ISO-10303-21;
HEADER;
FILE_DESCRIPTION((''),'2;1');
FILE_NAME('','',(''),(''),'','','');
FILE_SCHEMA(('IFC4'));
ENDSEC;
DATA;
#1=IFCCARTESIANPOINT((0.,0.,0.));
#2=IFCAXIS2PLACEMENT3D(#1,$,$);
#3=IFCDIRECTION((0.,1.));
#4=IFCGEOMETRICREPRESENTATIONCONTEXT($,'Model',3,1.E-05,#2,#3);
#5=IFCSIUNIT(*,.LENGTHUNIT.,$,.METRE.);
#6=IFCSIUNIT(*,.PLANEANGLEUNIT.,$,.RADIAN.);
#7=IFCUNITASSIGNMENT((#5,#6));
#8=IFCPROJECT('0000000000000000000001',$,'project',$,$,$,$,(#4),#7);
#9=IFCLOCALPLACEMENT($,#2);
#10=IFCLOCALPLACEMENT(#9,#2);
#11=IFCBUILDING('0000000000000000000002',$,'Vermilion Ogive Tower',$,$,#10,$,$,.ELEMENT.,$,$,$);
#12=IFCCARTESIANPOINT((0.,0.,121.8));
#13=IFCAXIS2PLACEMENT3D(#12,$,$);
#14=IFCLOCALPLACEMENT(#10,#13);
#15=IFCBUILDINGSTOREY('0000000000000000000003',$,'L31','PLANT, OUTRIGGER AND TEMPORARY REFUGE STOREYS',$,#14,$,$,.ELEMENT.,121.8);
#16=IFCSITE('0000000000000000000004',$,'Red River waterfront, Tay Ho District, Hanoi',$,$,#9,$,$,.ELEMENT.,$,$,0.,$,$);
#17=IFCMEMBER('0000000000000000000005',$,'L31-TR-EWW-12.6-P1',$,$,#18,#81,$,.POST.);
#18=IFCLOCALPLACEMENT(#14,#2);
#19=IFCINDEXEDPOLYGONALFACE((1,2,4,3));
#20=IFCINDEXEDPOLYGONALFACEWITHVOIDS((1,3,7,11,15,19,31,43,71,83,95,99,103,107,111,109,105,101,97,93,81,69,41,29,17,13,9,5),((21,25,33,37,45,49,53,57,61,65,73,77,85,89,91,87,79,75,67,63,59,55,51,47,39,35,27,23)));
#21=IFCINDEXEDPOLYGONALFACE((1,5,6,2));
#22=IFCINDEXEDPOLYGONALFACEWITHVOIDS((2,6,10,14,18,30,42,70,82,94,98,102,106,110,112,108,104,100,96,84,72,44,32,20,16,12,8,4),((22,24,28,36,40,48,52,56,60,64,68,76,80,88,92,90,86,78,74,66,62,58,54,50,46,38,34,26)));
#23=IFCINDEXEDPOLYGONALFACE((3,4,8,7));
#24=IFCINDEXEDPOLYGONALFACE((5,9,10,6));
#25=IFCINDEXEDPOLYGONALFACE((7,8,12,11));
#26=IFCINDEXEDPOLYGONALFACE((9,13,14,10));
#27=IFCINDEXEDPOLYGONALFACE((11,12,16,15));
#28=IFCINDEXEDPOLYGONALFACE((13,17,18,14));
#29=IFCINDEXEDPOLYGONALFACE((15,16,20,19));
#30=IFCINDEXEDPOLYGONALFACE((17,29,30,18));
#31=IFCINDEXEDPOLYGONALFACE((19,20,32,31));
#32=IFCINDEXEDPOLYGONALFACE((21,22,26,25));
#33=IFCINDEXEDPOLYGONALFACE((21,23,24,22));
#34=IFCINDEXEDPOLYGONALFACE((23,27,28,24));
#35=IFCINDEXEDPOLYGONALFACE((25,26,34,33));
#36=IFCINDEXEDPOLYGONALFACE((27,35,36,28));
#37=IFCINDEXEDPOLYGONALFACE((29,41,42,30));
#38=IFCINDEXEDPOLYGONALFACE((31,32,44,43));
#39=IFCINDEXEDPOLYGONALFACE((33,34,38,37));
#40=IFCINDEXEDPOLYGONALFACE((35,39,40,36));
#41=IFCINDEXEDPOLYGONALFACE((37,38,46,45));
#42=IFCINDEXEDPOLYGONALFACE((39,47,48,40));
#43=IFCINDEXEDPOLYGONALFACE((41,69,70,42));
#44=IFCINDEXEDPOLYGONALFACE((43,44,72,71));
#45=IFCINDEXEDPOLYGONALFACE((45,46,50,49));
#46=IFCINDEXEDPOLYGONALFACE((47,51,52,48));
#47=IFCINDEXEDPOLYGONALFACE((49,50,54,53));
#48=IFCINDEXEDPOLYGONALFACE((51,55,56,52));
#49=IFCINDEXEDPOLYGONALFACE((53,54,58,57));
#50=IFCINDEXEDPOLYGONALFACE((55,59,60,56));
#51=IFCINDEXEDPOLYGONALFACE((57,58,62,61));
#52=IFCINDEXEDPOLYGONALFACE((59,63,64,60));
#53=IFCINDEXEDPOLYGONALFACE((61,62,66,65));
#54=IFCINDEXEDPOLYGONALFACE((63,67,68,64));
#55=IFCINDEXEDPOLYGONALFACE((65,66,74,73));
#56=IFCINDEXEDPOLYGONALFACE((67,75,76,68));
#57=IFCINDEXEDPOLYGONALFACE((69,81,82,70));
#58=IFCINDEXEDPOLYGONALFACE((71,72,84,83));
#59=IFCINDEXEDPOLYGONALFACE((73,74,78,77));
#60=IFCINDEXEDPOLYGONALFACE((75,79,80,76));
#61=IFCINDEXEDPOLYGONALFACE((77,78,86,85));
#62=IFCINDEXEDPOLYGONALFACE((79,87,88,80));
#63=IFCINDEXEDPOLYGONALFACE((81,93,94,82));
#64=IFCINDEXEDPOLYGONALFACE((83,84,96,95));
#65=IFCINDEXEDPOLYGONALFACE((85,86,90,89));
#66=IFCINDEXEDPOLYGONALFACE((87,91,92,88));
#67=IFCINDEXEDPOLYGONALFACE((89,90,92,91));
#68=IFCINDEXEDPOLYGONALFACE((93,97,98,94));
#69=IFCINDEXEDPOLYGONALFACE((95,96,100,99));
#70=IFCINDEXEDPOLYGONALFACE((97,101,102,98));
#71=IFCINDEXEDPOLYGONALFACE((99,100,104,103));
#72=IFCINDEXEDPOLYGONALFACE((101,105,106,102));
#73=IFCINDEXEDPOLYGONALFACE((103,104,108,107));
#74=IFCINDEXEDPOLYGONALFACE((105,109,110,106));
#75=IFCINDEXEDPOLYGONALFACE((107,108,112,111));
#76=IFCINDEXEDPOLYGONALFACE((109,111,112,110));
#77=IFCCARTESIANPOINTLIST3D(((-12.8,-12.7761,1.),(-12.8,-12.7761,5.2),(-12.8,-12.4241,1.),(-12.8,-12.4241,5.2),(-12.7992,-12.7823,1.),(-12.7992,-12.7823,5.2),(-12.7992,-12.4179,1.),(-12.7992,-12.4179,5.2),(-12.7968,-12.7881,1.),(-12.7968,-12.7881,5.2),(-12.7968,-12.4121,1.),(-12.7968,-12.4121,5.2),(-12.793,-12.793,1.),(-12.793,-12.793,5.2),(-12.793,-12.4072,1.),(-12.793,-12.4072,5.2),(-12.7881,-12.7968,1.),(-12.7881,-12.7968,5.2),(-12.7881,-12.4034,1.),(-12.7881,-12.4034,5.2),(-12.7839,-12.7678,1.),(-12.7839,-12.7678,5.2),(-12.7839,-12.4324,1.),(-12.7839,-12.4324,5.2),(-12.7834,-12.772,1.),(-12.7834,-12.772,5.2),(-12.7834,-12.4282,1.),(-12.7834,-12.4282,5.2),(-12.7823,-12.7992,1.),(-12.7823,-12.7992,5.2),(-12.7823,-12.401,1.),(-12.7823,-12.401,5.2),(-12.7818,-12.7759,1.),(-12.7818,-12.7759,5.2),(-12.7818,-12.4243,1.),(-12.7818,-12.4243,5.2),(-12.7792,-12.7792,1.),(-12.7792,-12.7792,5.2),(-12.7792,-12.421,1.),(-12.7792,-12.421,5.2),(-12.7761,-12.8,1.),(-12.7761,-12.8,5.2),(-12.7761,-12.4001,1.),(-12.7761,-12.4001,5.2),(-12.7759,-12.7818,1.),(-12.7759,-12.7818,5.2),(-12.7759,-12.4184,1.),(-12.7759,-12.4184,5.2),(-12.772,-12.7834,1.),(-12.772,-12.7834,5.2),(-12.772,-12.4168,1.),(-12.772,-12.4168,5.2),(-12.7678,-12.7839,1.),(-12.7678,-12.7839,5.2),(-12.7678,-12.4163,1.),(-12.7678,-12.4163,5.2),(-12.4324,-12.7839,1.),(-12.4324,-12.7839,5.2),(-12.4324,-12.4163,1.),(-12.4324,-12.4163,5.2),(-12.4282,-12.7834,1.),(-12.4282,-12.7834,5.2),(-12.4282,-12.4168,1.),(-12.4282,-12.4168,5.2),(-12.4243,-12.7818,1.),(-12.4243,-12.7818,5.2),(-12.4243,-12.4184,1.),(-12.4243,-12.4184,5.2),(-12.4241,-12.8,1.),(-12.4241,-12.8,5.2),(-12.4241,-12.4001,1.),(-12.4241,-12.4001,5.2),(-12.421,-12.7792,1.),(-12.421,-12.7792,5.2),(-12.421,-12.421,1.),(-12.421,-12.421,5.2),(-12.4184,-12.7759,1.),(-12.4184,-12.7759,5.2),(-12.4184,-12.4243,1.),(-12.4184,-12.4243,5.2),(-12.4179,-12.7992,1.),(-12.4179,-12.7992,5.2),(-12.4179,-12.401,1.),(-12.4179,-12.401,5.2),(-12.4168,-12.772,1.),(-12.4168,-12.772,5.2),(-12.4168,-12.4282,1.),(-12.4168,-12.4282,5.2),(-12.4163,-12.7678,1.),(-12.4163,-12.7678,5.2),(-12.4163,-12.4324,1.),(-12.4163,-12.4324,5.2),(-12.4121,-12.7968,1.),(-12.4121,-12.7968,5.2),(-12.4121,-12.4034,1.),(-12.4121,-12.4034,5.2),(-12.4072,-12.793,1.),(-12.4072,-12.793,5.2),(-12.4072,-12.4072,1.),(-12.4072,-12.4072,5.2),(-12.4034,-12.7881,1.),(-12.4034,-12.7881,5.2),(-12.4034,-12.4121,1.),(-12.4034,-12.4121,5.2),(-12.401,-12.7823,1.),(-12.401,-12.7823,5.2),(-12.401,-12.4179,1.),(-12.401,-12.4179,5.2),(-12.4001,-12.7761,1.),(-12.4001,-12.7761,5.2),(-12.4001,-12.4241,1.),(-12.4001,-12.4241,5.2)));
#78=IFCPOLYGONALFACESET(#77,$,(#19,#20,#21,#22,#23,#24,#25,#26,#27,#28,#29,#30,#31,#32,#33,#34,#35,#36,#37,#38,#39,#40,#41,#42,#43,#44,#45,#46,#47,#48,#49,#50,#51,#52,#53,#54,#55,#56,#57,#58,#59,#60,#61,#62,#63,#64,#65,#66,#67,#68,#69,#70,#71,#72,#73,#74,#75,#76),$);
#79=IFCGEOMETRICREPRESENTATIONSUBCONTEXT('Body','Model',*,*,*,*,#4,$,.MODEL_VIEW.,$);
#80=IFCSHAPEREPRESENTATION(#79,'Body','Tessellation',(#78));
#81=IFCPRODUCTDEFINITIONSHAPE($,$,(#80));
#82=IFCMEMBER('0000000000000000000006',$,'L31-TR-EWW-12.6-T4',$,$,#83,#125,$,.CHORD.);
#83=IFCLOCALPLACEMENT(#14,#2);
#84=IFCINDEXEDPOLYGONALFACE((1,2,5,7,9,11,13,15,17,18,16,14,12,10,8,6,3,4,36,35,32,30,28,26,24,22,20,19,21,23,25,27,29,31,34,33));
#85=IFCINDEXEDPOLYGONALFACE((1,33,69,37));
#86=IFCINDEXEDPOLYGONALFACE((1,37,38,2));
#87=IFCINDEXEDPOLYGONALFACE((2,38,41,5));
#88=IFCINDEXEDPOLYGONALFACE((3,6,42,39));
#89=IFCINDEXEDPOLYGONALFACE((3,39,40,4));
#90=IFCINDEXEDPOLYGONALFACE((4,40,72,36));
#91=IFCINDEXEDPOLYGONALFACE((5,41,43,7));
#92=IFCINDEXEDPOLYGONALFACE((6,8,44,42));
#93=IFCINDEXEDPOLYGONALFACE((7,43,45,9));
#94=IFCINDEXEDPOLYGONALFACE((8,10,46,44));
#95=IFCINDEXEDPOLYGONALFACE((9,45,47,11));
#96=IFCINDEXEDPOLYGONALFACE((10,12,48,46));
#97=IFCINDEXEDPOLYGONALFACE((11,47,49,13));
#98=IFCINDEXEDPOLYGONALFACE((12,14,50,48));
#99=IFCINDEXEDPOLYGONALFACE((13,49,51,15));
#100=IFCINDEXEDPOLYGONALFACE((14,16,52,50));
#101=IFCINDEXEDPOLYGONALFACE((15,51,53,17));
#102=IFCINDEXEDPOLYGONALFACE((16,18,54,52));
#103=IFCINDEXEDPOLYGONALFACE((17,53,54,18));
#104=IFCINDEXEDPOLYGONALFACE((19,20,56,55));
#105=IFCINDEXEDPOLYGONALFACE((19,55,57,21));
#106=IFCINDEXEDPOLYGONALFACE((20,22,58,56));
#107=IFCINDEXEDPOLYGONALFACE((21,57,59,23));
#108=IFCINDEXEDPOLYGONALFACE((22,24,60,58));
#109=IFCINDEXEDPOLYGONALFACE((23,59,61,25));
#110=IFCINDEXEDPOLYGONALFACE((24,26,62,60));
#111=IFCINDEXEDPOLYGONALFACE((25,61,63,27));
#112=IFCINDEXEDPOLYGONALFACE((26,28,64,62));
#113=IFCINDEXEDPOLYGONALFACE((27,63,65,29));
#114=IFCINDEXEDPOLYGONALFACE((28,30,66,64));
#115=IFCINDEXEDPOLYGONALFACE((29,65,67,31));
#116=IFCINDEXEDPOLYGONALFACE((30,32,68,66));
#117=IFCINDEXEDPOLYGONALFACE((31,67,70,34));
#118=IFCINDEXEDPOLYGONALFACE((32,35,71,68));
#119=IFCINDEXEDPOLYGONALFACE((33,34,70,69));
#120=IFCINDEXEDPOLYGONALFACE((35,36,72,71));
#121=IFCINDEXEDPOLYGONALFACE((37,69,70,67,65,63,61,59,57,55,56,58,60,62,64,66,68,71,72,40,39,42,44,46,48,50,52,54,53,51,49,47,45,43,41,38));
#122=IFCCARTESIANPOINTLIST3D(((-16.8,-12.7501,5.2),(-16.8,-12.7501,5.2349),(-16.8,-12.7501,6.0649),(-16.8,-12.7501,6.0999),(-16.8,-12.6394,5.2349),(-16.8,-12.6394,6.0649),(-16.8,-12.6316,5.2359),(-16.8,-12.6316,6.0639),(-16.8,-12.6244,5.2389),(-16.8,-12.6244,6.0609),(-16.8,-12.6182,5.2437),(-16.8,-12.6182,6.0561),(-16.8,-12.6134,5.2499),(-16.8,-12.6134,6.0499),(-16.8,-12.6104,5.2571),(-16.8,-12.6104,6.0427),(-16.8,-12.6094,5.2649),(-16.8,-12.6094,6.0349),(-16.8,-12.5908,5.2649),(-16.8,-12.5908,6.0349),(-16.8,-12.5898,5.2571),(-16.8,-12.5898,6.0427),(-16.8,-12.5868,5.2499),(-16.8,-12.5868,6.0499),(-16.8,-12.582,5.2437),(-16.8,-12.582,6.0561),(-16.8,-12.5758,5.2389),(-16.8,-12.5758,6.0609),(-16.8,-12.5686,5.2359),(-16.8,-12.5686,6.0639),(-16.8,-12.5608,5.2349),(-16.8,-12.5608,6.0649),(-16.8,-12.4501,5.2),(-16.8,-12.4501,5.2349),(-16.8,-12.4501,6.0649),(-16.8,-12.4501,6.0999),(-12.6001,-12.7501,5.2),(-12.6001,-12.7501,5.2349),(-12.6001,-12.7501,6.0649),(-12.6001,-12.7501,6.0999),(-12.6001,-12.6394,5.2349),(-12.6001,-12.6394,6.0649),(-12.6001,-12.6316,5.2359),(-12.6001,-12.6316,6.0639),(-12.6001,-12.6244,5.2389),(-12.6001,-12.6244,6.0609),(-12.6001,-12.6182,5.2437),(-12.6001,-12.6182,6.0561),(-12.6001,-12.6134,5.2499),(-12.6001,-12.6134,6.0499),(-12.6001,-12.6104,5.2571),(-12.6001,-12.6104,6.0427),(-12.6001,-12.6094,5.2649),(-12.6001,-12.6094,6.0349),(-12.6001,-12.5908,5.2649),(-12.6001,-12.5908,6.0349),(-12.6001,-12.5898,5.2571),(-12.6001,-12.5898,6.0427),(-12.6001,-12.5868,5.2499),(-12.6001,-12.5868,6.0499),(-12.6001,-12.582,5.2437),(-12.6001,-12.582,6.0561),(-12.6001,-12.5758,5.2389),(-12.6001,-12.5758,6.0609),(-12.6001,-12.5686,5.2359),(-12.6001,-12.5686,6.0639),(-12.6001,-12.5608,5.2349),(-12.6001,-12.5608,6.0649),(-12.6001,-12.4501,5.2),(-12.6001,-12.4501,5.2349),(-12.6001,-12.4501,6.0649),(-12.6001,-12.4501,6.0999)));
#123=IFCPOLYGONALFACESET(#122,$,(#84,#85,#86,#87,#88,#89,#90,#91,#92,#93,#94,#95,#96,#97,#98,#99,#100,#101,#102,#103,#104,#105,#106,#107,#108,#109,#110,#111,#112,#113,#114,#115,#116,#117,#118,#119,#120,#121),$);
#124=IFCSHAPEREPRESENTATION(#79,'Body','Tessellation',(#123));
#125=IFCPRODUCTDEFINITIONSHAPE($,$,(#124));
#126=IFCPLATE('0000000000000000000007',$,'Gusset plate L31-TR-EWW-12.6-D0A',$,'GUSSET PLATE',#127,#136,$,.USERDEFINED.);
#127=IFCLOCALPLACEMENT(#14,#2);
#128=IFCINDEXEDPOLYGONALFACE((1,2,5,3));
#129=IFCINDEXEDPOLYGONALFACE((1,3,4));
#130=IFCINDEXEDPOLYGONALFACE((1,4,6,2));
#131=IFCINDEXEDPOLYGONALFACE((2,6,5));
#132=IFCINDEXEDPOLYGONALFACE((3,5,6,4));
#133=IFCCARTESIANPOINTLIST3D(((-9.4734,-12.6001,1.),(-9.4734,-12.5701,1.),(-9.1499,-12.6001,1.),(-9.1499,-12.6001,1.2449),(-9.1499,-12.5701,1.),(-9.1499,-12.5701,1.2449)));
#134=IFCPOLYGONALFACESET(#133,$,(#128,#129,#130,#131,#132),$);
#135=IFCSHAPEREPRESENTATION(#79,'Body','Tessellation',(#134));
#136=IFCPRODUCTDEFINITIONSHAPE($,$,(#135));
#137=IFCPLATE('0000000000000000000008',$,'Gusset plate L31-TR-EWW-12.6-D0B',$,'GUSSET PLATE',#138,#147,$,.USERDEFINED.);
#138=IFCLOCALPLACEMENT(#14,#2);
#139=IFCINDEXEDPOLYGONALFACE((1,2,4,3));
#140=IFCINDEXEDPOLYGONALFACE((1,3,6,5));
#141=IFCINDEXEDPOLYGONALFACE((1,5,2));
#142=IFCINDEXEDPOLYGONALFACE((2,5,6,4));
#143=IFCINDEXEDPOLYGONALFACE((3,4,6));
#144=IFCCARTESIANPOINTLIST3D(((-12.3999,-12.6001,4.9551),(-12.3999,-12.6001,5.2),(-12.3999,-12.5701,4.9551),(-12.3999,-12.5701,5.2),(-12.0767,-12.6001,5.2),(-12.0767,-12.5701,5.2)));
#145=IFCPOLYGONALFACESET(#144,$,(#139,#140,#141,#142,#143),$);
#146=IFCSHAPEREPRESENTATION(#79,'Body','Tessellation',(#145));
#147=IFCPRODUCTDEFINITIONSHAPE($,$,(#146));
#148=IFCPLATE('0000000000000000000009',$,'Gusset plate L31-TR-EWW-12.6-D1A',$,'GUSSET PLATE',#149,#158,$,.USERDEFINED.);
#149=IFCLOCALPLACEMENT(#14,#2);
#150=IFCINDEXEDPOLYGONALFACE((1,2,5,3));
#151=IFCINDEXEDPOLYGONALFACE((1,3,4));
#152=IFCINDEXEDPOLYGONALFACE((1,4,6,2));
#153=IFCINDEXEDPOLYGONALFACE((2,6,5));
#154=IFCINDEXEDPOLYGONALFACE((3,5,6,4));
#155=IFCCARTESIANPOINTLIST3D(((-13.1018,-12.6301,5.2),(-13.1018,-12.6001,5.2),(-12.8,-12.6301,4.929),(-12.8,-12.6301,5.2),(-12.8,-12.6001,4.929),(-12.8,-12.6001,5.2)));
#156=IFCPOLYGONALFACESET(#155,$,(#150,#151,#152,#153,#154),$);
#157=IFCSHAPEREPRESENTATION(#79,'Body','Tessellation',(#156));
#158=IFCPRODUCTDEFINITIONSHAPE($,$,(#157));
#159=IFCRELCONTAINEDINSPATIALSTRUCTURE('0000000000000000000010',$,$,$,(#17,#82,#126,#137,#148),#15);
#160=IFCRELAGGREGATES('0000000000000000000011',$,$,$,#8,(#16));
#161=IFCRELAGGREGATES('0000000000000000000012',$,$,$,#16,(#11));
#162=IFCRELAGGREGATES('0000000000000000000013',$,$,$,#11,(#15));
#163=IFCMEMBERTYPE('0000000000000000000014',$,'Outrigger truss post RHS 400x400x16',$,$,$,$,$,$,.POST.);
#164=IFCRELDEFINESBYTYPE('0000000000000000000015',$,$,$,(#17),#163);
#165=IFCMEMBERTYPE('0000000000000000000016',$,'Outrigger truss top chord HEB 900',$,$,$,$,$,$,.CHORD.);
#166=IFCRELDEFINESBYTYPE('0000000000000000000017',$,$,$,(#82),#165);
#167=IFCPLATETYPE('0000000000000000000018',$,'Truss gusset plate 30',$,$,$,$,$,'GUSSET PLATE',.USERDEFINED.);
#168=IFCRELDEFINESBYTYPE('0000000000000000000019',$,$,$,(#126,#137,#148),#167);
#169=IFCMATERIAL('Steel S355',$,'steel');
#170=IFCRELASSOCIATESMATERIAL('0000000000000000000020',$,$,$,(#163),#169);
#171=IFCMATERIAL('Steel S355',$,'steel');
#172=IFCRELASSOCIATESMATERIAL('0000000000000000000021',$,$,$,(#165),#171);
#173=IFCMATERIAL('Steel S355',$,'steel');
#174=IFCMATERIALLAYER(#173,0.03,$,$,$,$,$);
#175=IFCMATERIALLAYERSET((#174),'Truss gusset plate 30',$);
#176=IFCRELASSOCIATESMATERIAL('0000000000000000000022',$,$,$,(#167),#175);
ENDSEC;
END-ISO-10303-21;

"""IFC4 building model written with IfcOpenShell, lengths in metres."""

from ifc_helpers import new_model, si_unit, direction, frame, origin, origin_2d, place, context, subcontext, project, spatial, polyline, hollow_rectangle, i_section, outline, extrude, material, layer, layer_set, material_profile, profile_set, type_object, element, save


model = new_model("IFC4")

# Units and contexts
model_context = context("Model", 3, precision=1e-05, world=origin(), true_north=direction((0.0, 1.0)))
body_context = subcontext(model_context, "Body", "Model", "MODEL_VIEW")
ifc_project = project(units=[si_unit("LENGTHUNIT", "METRE"), si_unit("PLANEANGLEUNIT", "RADIAN")], contexts=[model_context])

# Site, building, storey
site_placement = place(None, origin())
site = spatial("IfcSite", under=ifc_project, at=site_placement, Name="Red River waterfront, Tay Ho District, Hanoi", CompositionType="ELEMENT", RefElevation=0.0)
building_placement = place(site_placement, origin())
building = spatial("IfcBuilding", under=site, at=building_placement, Name="Vermilion Ogive Tower", CompositionType="ELEMENT")
storey_placement = place(building_placement, frame((0.0, 0.0, 121.8)))
storey = spatial("IfcBuildingStorey", under=building, at=storey_placement, Name="L31", Description="PLANT, OUTRIGGER AND TEMPORARY REFUGE STOREYS", CompositionType="ELEMENT", Elevation=121.8)

# Members
ifc_material_1 = material(Name="Steel S355", Category="steel")
ifc_material_profile_1 = material_profile(ifc_material_1, hollow_rectangle(XDim=0.3999, YDim=0.3999, WallThickness=0.0161, InnerFilletRadius=0.0161, OuterFilletRadius=0.0239, at=origin_2d()), Name="RHS 400x400x16")
ifc_profile_set_1 = profile_set([ifc_material_profile_1], Name="Steel S355")
member_type_1 = type_object("IfcMemberType", Name="Outrigger truss post RHS 400x400x16", PredefinedType="POST", material=ifc_profile_set_1)
for number, where, z_axis, x_axis, name in (
    (1, (-12.6001, -12.6001, 1.0), (0.0, 0.0, 1.0), (1.0, 0.0, 0.0), "L31-TR-EWW-12.6-P1"),
):
    element("IfcMember", number, at=place(storey_placement, frame(where, z_axis=z_axis, x_axis=x_axis)), inside=storey, type_object=member_type_1, Name=name, PredefinedType="POST", context=body_context, shape_type="SweptSolid", body=[
        extrude(hollow_rectangle(XDim=0.3999, YDim=0.3999, WallThickness=0.0161, InnerFilletRadius=0.0161, OuterFilletRadius=0.0239, at=origin_2d()), origin(), (0.0, 0.0, 1.0), 4.2),
    ])
ifc_material_2 = material(Name="Steel S355", Category="steel")
ifc_material_profile_2 = material_profile(ifc_material_2, i_section(OverallWidth=0.3, OverallDepth=0.8999, WebThickness=0.0186, FlangeThickness=0.0349, FilletRadius=0.03, at=origin_2d()), Name="HEB 900")
ifc_profile_set_2 = profile_set([ifc_material_profile_2], Name="Steel S355")
member_type_2 = type_object("IfcMemberType", Name="Outrigger truss top chord HEB 900", PredefinedType="CHORD", material=ifc_profile_set_2)
member_1_placement = place(storey_placement, frame((-12.6001, -12.6001, 5.6499), z_axis=(-1.0, 0.0, 0.0), x_axis=(0.0, -1.0, 0.0)))
element("IfcMember", 2, at=member_1_placement, inside=storey, type_object=member_type_2, Name="L31-TR-EWW-12.6-T4", PredefinedType="CHORD", context=body_context, shape_type="SweptSolid", body=[
    extrude(i_section(OverallWidth=0.3, OverallDepth=0.8999, WebThickness=0.0186, FlangeThickness=0.0349, FilletRadius=0.03, at=origin_2d()), origin(), (0.0, 0.0, 1.0), 4.2),
])

# Plates
ifc_material_3 = material(Name="Steel S355", Category="steel")
ifc_layer_1 = layer(ifc_material_3, 0.03)
ifc_layer_set_1 = layer_set([ifc_layer_1], Name="Truss gusset plate 30")
plate_type = type_object("IfcPlateType", Name="Truss gusset plate 30", ElementType="GUSSET PLATE", PredefinedType="USERDEFINED", material=ifc_layer_set_1)
plate_1_placement = place(storey_placement, frame((-9.1499, -12.6001, 1.2449), z_axis=(0.0, -1.0, 0.0), x_axis=(-0.79732, 0.0, -0.603556)))
element("IfcPlate", 3, at=plate_1_placement, inside=storey, type_object=plate_type, Name="Gusset plate L31-TR-EWW-12.6-D0A", ObjectType="GUSSET PLATE", PredefinedType="USERDEFINED", context=body_context, shape_type="SweptSolid", body=[
    extrude(outline(polyline([(0.0, 0.0), (0.4057, 0.0), (0.1478, 0.1952), (0.0, 0.0)])), origin(), (0.0, 0.0, -1.0), 0.03),
])
plate_2_placement = place(storey_placement, frame((-12.3999, -12.6001, 4.9551), z_axis=(0.0, -1.0, 0.0), x_axis=(0.797101, 0.0, 0.603846)))
element("IfcPlate", 4, at=plate_2_placement, inside=storey, type_object=plate_type, Name="Gusset plate L31-TR-EWW-12.6-D0B", ObjectType="GUSSET PLATE", PredefinedType="USERDEFINED", context=body_context, shape_type="SweptSolid", body=[
    extrude(outline(polyline([(0.0, 0.0), (0.4055, 0.0), (0.1479, 0.1952), (0.0, 0.0)])), origin(), (0.0, 0.0, -1.0), 0.03),
])
plate_3_placement = place(storey_placement, frame((-12.8, -12.6001, 4.929), z_axis=(0.0, 1.0, 0.0), x_axis=(-0.744012, 0.0, 0.668166)))
element("IfcPlate", 5, at=plate_3_placement, inside=storey, type_object=plate_type, Name="Gusset plate L31-TR-EWW-12.6-D1A", ObjectType="GUSSET PLATE", PredefinedType="USERDEFINED", context=body_context, shape_type="SweptSolid", body=[
    extrude(outline(polyline([(0.0, 0.0), (0.4056, 0.0), (0.1811, 0.2016), (0.0, 0.0)])), origin(), (0.0, 0.0, -1.0), 0.03),
])

save(model, "model.ifc")
